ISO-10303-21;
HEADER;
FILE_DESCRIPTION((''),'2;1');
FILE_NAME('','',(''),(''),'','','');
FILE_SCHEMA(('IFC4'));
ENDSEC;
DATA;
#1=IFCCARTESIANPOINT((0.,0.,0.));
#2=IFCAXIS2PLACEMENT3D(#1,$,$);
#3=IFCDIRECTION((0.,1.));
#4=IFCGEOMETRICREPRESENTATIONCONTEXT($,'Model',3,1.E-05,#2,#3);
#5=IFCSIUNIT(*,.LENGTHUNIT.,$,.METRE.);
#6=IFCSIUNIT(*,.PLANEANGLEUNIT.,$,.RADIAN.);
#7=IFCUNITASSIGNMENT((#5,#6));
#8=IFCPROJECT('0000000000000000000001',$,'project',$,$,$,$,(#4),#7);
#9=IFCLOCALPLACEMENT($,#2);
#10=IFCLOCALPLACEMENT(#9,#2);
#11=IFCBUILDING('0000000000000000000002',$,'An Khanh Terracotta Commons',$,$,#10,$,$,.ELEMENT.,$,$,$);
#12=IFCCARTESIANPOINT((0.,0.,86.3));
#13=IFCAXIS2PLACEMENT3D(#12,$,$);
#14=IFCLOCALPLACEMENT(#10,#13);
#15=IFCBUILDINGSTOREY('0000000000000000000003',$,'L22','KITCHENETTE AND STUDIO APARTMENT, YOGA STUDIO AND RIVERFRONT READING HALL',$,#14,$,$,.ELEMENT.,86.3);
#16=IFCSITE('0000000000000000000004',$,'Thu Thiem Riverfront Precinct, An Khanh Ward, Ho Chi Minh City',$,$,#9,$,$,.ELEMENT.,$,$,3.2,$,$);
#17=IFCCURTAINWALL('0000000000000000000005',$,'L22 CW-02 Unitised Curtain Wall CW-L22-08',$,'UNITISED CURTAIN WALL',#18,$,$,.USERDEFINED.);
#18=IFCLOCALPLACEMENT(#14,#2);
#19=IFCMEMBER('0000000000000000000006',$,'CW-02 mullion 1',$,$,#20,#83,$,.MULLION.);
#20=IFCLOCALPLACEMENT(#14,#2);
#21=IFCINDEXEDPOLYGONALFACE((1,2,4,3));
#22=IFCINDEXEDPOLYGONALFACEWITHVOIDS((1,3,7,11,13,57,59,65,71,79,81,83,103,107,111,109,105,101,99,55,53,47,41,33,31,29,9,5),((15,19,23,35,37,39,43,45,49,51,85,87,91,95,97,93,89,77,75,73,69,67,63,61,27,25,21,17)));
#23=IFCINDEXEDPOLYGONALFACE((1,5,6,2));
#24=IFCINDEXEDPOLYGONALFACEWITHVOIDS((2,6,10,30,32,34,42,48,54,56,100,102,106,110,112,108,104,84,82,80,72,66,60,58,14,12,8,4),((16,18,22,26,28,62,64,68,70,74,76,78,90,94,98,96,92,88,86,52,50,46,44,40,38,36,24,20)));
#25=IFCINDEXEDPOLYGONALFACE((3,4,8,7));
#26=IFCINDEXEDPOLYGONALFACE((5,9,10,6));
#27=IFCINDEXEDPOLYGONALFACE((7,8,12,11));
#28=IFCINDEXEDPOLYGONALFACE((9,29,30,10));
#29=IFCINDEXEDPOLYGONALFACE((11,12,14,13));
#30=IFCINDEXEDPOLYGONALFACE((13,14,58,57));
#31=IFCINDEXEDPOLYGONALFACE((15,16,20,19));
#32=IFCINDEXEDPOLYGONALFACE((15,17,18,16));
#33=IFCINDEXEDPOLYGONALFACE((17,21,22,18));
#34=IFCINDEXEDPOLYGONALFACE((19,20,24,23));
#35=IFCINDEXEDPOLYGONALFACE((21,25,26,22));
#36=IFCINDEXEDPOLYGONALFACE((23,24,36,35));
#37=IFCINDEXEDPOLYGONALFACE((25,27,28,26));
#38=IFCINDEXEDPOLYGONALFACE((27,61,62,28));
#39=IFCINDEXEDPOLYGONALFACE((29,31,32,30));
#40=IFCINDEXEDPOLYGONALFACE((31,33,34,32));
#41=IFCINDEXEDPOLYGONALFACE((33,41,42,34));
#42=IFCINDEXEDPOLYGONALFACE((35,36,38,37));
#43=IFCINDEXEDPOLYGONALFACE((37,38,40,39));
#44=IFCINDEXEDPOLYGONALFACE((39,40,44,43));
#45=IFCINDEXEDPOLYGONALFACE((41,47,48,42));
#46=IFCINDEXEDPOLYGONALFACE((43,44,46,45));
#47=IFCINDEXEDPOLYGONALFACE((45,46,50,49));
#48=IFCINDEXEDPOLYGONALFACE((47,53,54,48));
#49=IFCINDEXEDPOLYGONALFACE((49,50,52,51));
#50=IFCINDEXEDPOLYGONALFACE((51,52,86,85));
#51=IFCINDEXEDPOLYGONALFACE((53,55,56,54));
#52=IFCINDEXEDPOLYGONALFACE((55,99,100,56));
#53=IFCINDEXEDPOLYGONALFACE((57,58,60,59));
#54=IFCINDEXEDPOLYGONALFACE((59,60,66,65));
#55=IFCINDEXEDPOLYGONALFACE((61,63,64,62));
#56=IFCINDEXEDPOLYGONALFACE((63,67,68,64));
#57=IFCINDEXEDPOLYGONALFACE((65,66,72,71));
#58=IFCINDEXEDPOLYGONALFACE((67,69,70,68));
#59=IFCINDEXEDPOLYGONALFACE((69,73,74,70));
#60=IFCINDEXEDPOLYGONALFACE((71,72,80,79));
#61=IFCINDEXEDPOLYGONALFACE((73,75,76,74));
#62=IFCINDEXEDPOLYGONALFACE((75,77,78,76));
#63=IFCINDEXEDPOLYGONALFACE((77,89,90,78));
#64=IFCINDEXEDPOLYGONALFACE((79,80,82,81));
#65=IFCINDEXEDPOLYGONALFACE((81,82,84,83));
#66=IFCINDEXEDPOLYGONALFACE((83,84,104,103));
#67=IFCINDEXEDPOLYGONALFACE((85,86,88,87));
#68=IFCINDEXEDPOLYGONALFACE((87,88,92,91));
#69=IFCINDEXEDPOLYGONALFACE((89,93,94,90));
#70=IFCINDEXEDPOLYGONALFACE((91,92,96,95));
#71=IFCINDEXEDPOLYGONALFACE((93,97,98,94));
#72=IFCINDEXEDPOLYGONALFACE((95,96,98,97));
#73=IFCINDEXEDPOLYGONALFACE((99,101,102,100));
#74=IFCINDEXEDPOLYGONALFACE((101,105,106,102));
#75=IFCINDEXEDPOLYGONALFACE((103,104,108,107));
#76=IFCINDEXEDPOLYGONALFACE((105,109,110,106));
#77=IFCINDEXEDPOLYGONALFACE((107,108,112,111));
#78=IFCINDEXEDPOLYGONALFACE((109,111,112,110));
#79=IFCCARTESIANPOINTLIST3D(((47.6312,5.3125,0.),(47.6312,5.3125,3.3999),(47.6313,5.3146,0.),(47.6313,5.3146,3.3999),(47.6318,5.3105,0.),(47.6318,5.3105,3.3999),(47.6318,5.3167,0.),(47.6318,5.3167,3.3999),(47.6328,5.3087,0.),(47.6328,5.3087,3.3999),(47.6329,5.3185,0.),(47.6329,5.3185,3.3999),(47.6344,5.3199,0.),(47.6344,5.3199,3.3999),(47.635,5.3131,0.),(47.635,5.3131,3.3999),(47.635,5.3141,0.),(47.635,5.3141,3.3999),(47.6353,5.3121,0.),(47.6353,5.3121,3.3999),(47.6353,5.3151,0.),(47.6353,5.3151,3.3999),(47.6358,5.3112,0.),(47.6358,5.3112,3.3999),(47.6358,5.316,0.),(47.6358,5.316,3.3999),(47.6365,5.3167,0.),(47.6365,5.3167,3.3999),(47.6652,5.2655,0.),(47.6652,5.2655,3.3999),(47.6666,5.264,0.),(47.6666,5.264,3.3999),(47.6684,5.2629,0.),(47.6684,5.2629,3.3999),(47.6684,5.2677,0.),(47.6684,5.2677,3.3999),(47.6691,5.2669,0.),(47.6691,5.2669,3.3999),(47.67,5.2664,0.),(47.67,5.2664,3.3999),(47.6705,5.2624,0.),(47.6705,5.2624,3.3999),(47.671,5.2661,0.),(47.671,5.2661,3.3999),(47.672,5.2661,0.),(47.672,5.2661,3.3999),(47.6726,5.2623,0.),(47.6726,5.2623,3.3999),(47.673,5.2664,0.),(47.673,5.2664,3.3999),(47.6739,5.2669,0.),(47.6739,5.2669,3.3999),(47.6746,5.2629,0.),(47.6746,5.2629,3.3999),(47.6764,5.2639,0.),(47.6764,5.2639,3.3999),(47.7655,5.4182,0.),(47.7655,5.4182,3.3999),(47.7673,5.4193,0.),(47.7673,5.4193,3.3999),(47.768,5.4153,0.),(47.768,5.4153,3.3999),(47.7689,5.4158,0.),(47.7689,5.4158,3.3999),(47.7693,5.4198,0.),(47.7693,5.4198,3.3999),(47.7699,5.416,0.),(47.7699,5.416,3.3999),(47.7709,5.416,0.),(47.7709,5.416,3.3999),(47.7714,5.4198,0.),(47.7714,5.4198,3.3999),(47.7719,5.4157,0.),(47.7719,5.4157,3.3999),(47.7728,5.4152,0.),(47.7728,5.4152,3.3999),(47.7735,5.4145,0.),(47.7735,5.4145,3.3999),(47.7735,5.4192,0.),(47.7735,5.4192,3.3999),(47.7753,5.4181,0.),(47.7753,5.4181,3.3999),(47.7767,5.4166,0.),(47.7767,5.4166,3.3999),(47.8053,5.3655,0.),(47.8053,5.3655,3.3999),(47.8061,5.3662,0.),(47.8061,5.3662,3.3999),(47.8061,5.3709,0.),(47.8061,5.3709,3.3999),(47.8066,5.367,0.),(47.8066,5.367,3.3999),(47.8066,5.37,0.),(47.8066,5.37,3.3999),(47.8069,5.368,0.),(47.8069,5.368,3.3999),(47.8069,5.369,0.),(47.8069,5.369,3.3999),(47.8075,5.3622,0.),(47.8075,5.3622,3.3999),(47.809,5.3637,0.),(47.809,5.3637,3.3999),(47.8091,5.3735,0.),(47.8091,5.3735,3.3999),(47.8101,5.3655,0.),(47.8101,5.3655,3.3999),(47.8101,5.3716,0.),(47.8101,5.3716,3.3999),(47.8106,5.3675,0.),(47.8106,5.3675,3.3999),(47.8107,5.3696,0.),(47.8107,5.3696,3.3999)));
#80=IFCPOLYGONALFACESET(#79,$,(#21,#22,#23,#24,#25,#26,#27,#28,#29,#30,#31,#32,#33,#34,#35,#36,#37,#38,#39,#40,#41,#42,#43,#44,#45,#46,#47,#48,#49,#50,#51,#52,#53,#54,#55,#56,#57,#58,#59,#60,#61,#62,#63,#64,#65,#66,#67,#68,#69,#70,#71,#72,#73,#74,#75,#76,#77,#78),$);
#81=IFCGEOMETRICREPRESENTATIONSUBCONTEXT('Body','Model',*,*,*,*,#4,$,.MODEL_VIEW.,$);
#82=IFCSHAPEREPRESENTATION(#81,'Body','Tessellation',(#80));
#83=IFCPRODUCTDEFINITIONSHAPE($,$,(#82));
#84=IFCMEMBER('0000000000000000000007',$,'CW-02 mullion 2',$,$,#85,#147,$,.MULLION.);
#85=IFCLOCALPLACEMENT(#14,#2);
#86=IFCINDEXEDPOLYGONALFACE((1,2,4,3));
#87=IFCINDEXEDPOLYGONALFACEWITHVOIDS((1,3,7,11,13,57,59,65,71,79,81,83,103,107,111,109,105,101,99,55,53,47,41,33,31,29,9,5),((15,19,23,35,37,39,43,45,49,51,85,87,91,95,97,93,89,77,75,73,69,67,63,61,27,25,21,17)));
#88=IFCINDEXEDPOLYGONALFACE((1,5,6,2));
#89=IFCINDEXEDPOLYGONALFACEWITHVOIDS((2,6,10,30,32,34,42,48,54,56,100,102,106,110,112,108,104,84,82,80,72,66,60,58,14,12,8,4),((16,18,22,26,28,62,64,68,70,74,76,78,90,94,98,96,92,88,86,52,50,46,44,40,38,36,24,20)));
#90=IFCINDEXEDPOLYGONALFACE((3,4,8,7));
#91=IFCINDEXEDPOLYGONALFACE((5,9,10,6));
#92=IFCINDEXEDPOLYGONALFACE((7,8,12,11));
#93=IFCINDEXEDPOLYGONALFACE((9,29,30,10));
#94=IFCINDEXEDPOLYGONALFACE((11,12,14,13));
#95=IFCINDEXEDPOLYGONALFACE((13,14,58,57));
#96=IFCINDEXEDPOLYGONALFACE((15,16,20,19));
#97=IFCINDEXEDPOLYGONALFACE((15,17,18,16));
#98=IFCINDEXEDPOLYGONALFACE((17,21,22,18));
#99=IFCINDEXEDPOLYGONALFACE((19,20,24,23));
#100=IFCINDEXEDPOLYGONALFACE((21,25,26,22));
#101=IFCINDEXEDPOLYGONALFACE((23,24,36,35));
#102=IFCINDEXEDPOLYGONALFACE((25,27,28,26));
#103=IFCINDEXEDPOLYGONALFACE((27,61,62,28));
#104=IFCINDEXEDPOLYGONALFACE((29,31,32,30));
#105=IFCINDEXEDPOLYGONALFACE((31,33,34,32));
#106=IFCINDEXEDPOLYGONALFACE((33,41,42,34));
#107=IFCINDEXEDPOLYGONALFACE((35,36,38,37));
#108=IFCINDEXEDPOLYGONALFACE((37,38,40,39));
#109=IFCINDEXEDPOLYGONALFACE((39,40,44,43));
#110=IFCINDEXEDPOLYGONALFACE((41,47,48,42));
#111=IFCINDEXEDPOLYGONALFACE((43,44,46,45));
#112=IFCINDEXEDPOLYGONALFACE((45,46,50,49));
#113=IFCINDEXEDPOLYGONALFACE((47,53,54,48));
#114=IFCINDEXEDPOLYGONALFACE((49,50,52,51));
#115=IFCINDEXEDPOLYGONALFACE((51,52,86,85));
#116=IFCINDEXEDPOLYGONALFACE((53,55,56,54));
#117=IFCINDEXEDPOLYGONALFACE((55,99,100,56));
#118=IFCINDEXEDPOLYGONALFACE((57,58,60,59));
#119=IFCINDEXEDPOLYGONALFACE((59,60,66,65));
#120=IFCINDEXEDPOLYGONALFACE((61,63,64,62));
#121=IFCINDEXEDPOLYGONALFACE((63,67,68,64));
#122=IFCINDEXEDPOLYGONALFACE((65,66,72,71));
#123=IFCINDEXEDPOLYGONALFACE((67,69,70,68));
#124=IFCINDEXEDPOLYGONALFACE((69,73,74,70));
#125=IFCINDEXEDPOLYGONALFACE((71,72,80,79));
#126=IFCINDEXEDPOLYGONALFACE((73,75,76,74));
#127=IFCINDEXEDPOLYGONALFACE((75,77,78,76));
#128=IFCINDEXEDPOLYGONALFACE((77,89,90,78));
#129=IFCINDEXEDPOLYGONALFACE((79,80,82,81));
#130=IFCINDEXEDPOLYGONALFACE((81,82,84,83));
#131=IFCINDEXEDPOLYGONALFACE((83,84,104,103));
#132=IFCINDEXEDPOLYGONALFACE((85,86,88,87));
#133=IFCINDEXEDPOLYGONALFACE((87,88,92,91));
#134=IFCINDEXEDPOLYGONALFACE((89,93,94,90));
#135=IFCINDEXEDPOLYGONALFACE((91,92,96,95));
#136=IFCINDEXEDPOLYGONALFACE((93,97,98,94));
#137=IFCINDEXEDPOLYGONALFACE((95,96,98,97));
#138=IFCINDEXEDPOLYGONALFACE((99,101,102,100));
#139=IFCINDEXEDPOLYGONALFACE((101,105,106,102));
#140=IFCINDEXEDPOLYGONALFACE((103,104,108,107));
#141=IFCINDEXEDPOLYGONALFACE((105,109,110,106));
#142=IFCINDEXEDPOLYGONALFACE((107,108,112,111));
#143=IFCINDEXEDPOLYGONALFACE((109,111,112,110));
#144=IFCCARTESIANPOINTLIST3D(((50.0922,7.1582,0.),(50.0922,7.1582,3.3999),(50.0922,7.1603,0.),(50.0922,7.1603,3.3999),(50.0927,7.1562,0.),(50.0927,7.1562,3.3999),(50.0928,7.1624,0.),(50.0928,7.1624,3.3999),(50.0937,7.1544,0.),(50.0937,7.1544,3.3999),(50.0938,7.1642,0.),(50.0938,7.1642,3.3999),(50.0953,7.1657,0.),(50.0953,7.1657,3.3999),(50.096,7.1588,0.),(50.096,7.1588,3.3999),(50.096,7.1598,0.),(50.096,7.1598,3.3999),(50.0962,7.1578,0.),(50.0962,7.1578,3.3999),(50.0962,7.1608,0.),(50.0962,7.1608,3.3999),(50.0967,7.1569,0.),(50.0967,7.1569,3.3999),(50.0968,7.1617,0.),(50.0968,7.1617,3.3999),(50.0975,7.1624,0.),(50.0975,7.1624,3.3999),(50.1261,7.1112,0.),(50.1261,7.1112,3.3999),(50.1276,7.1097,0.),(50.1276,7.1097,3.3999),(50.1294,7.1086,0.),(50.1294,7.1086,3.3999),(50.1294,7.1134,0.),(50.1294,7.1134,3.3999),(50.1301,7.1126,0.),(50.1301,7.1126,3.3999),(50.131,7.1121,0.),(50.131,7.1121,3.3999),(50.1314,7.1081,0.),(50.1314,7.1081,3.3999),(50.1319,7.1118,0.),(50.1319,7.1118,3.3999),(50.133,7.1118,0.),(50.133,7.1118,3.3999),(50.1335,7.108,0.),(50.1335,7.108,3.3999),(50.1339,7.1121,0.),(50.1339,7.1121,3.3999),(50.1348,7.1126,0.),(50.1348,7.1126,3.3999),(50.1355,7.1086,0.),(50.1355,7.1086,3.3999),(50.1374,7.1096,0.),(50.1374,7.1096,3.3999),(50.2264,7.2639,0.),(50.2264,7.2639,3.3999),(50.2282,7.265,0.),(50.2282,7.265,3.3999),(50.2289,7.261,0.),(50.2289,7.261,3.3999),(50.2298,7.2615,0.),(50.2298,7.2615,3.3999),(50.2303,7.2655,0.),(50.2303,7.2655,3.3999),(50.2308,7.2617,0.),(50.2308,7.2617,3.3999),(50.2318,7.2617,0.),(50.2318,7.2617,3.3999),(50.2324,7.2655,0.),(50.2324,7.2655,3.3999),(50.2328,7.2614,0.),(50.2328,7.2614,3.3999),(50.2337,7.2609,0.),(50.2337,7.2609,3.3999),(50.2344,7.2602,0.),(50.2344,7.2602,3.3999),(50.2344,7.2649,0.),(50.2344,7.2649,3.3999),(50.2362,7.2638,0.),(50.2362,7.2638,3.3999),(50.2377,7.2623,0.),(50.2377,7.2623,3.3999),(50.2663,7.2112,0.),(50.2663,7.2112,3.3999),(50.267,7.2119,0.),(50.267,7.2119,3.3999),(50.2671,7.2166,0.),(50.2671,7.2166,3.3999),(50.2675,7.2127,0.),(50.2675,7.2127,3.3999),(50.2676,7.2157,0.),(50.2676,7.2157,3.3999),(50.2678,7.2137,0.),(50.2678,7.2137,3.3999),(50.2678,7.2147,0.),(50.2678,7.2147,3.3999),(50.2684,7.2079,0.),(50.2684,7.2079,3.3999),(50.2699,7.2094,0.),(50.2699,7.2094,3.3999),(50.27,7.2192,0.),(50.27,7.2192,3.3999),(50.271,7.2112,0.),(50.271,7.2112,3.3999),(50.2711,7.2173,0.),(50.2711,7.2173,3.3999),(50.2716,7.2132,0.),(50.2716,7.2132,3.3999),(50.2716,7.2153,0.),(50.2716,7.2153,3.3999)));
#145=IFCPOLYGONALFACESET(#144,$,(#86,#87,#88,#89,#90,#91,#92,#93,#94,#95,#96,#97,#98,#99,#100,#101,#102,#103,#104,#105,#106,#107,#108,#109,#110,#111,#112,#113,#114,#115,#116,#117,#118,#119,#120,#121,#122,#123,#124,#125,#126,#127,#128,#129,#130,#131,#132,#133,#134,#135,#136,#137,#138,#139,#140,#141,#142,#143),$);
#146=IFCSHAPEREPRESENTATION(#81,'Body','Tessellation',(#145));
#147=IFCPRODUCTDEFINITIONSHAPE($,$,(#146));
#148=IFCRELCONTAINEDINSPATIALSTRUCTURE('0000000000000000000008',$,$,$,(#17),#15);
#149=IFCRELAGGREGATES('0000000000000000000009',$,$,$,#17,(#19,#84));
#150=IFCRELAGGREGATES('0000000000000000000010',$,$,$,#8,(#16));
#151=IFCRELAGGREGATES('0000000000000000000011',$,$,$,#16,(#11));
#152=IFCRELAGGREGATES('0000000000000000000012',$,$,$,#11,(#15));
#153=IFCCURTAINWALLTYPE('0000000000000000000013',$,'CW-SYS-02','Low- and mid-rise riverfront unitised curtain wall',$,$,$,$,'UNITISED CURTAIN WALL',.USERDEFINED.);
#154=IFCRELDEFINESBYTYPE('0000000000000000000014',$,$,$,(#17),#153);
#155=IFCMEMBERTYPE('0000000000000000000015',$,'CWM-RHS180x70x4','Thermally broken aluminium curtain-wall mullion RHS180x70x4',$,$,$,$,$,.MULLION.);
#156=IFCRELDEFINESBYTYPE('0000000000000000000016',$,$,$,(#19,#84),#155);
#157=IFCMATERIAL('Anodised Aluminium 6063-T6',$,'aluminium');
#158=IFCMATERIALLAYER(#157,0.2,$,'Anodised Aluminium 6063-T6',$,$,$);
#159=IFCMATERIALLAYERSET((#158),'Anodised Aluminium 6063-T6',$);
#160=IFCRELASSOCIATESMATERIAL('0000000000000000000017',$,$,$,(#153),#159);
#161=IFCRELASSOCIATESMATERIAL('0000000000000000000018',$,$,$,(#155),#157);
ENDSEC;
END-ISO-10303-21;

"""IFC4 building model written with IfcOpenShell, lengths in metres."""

from ifc_helpers import new_model, si_unit, direction, frame, origin, origin_2d, place, context, subcontext, project, spatial, hollow_rectangle, extrude, material, layer, layer_set, material_profile, profile_set, type_object, element, aggregate, save


model = new_model("IFC4")

# Units and contexts
model_context = context("Model", 3, precision=1e-05, world=origin(), true_north=direction((0.0, 1.0)))
body_context = subcontext(model_context, "Body", "Model", "MODEL_VIEW")
ifc_project = project(units=[si_unit("LENGTHUNIT", "METRE"), si_unit("PLANEANGLEUNIT", "RADIAN")], contexts=[model_context])

# Site, building, storey
site_placement = place(None, origin())
site = spatial("IfcSite", under=ifc_project, at=site_placement, Name="Thu Thiem Riverfront Precinct, An Khanh Ward, Ho Chi Minh City", CompositionType="ELEMENT", RefElevation=3.2)
building_placement = place(site_placement, origin())
building = spatial("IfcBuilding", under=site, at=building_placement, Name="An Khanh Terracotta Commons", CompositionType="ELEMENT")
storey_placement = place(building_placement, frame((0.0, 0.0, 86.3)))
storey = spatial("IfcBuildingStorey", under=building, at=storey_placement, Name="L22", Description="KITCHENETTE AND STUDIO APARTMENT, YOGA STUDIO AND RIVERFRONT READING HALL", CompositionType="ELEMENT", Elevation=86.3)

# Curtain wall, members
ifc_material_1 = material(Name="Anodised Aluminium 6063-T6", Category="aluminium")
ifc_layer_1 = layer(ifc_material_1, 0.2, Name="Anodised Aluminium 6063-T6")
ifc_layer_set_1 = layer_set([ifc_layer_1], Name="Anodised Aluminium 6063-T6")
curtain_wall_type = type_object("IfcCurtainWallType", Name="CW-SYS-02", Description="Low- and mid-rise riverfront unitised curtain wall", ElementType="UNITISED CURTAIN WALL", PredefinedType="USERDEFINED", material=ifc_layer_set_1)
curtain_wall_placement = place(storey_placement, origin())
curtain_wall = element("IfcCurtainWall", 1, at=curtain_wall_placement, inside=storey, type_object=curtain_wall_type, Name="L22 CW-02 Unitised Curtain Wall CW-L22-08", ObjectType="UNITISED CURTAIN WALL", PredefinedType="USERDEFINED")
ifc_material_profile_1 = material_profile(ifc_material_1, hollow_rectangle(XDim=0.0701, YDim=0.1799, WallThickness=0.0039, InnerFilletRadius=0.0039, OuterFilletRadius=0.0081, at=origin_2d()), Name="RHS180x70x4")
ifc_profile_set_1 = profile_set([ifc_material_profile_1], Name="Anodised Aluminium 6063-T6")
member_type_1 = type_object("IfcMemberType", Name="CWM-RHS180x70x4", Description="Thermally broken aluminium curtain-wall mullion RHS180x70x4", PredefinedType="MULLION", material=ifc_profile_set_1)
member_1_placement = place(storey_placement, frame((47.7209, 5.3411, 0.0), z_axis=(0.0, 0.0, 1.0), x_axis=(-0.599983, 0.800013, 0.0)))
member_1 = element("IfcMember", 2, at=member_1_placement, type_object=member_type_1, Name="CW-02 mullion 1", PredefinedType="MULLION", context=body_context, shape_type="SweptSolid", body=[
    extrude(hollow_rectangle(XDim=0.0701, YDim=0.1799, WallThickness=0.0039, InnerFilletRadius=0.0039, OuterFilletRadius=0.0081, at=origin_2d()), origin(), (0.0, 0.0, 1.0), 3.3999),
])
member_2_placement = place(storey_placement, frame((50.1819, 7.1868, 0.0), z_axis=(0.0, 0.0, 1.0), x_axis=(-0.599983, 0.800013, 0.0)))
member_2 = element("IfcMember", 3, at=member_2_placement, type_object=member_type_1, Name="CW-02 mullion 2", PredefinedType="MULLION", context=body_context, shape_type="SweptSolid", body=[
    extrude(hollow_rectangle(XDim=0.0701, YDim=0.1799, WallThickness=0.0039, InnerFilletRadius=0.0039, OuterFilletRadius=0.0081, at=origin_2d()), origin(), (0.0, 0.0, 1.0), 3.3999),
])
aggregate(curtain_wall, [member_1, member_2])

save(model, "model.ifc")
